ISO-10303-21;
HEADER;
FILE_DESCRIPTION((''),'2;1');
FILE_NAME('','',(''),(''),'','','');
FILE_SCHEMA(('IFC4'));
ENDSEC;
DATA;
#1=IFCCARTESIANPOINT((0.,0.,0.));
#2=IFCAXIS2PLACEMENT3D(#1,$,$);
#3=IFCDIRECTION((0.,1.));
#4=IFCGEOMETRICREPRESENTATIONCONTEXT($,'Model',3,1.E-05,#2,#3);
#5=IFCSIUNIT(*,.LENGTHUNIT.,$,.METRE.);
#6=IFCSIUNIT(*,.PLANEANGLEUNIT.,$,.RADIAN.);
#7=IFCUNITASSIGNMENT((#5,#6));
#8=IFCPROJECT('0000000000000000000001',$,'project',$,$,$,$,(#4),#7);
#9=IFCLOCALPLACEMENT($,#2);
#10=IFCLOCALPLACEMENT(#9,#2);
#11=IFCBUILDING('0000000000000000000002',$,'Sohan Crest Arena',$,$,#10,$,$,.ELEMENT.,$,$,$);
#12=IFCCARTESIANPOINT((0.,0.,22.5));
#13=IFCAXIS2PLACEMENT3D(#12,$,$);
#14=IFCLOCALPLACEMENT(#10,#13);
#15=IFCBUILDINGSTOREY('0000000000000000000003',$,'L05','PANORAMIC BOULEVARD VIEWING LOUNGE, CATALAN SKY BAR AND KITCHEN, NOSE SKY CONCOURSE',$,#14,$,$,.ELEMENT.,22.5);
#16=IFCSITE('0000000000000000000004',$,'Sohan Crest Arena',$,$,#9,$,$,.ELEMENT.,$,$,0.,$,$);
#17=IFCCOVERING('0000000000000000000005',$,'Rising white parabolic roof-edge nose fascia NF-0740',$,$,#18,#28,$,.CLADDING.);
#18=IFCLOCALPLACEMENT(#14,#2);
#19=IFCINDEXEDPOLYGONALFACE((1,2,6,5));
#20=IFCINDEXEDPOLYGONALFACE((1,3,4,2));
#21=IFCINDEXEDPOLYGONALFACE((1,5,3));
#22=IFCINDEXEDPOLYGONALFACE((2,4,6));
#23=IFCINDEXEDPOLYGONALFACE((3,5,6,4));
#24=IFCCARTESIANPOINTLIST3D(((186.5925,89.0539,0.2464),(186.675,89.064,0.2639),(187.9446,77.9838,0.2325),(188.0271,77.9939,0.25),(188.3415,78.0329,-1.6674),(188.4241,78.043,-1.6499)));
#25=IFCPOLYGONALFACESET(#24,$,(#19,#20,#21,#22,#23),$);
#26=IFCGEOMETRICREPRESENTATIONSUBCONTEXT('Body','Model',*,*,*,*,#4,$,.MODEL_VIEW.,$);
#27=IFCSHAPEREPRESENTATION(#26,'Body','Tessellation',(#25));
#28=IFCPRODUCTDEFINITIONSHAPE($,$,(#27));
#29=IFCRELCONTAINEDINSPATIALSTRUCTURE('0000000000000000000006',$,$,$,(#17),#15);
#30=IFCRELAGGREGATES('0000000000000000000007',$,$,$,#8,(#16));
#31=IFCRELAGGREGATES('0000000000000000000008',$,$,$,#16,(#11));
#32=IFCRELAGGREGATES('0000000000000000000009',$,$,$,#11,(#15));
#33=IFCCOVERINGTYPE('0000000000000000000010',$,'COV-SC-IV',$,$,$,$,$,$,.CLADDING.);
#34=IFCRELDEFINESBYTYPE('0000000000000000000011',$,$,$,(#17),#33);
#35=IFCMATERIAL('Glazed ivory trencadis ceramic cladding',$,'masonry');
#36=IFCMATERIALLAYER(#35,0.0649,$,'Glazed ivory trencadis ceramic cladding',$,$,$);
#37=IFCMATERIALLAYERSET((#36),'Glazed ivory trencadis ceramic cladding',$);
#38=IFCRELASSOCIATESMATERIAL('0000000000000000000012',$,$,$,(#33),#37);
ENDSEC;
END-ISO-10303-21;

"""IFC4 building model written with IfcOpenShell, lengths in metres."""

from ifc_helpers import new_model, si_unit, direction, frame, origin, place, context, subcontext, project, spatial, polyline, outline, extrude, material, layer, layer_set, type_object, element, save


model = new_model("IFC4")

# Units and contexts
model_context = context("Model", 3, precision=1e-05, world=origin(), true_north=direction((0.0, 1.0)))
body_context = subcontext(model_context, "Body", "Model", "MODEL_VIEW")
ifc_project = project(units=[si_unit("LENGTHUNIT", "METRE"), si_unit("PLANEANGLEUNIT", "RADIAN")], contexts=[model_context])

# Site, building, storey
site_placement = place(None, origin())
site = spatial("IfcSite", under=ifc_project, at=site_placement, Name="Sohan Crest Arena", CompositionType="ELEMENT", RefElevation=0.0)
building_placement = place(site_placement, origin())
building = spatial("IfcBuilding", under=site, at=building_placement, Name="Sohan Crest Arena", CompositionType="ELEMENT")
storey_placement = place(building_placement, frame((0.0, 0.0, 22.5)))
storey = spatial("IfcBuildingStorey", under=building, at=storey_placement, Name="L05", Description="PANORAMIC BOULEVARD VIEWING LOUNGE, CATALAN SKY BAR AND KITCHEN, NOSE SKY CONCOURSE", CompositionType="ELEMENT", Elevation=22.5)

# Covering
ifc_material_1 = material(Name="Glazed ivory trencadis ceramic cladding", Category="masonry")
ifc_layer_1 = layer(ifc_material_1, 0.0649, Name="Glazed ivory trencadis ceramic cladding")
ifc_layer_set_1 = layer_set([ifc_layer_1], Name="Glazed ivory trencadis ceramic cladding")
covering_type_1 = type_object("IfcCoveringType", Name="COV-SC-IV", PredefinedType="CLADDING", material=ifc_layer_set_1)
covering_1_placement = place(storey_placement, frame((188.4241, 78.043, -1.6499), z_axis=(0.971362, 0.118379, 0.206017), x_axis=(-0.154482, 0.973428, 0.169038)))
element("IfcCovering", 1, at=covering_1_placement, inside=storey, type_object=covering_type_1, Name="Rising white parabolic roof-edge nose fascia NF-0740", PredefinedType="CLADDING", context=body_context, shape_type="SweptSolid", body=[
    extrude(outline(polyline([(0.0, 0.0), (11.3218, 0.0), (0.3347, 1.9125), (0.0, 0.0)])), origin(), (0.0, 0.0, -1.0), 0.085),
])

save(model, "model.ifc")
